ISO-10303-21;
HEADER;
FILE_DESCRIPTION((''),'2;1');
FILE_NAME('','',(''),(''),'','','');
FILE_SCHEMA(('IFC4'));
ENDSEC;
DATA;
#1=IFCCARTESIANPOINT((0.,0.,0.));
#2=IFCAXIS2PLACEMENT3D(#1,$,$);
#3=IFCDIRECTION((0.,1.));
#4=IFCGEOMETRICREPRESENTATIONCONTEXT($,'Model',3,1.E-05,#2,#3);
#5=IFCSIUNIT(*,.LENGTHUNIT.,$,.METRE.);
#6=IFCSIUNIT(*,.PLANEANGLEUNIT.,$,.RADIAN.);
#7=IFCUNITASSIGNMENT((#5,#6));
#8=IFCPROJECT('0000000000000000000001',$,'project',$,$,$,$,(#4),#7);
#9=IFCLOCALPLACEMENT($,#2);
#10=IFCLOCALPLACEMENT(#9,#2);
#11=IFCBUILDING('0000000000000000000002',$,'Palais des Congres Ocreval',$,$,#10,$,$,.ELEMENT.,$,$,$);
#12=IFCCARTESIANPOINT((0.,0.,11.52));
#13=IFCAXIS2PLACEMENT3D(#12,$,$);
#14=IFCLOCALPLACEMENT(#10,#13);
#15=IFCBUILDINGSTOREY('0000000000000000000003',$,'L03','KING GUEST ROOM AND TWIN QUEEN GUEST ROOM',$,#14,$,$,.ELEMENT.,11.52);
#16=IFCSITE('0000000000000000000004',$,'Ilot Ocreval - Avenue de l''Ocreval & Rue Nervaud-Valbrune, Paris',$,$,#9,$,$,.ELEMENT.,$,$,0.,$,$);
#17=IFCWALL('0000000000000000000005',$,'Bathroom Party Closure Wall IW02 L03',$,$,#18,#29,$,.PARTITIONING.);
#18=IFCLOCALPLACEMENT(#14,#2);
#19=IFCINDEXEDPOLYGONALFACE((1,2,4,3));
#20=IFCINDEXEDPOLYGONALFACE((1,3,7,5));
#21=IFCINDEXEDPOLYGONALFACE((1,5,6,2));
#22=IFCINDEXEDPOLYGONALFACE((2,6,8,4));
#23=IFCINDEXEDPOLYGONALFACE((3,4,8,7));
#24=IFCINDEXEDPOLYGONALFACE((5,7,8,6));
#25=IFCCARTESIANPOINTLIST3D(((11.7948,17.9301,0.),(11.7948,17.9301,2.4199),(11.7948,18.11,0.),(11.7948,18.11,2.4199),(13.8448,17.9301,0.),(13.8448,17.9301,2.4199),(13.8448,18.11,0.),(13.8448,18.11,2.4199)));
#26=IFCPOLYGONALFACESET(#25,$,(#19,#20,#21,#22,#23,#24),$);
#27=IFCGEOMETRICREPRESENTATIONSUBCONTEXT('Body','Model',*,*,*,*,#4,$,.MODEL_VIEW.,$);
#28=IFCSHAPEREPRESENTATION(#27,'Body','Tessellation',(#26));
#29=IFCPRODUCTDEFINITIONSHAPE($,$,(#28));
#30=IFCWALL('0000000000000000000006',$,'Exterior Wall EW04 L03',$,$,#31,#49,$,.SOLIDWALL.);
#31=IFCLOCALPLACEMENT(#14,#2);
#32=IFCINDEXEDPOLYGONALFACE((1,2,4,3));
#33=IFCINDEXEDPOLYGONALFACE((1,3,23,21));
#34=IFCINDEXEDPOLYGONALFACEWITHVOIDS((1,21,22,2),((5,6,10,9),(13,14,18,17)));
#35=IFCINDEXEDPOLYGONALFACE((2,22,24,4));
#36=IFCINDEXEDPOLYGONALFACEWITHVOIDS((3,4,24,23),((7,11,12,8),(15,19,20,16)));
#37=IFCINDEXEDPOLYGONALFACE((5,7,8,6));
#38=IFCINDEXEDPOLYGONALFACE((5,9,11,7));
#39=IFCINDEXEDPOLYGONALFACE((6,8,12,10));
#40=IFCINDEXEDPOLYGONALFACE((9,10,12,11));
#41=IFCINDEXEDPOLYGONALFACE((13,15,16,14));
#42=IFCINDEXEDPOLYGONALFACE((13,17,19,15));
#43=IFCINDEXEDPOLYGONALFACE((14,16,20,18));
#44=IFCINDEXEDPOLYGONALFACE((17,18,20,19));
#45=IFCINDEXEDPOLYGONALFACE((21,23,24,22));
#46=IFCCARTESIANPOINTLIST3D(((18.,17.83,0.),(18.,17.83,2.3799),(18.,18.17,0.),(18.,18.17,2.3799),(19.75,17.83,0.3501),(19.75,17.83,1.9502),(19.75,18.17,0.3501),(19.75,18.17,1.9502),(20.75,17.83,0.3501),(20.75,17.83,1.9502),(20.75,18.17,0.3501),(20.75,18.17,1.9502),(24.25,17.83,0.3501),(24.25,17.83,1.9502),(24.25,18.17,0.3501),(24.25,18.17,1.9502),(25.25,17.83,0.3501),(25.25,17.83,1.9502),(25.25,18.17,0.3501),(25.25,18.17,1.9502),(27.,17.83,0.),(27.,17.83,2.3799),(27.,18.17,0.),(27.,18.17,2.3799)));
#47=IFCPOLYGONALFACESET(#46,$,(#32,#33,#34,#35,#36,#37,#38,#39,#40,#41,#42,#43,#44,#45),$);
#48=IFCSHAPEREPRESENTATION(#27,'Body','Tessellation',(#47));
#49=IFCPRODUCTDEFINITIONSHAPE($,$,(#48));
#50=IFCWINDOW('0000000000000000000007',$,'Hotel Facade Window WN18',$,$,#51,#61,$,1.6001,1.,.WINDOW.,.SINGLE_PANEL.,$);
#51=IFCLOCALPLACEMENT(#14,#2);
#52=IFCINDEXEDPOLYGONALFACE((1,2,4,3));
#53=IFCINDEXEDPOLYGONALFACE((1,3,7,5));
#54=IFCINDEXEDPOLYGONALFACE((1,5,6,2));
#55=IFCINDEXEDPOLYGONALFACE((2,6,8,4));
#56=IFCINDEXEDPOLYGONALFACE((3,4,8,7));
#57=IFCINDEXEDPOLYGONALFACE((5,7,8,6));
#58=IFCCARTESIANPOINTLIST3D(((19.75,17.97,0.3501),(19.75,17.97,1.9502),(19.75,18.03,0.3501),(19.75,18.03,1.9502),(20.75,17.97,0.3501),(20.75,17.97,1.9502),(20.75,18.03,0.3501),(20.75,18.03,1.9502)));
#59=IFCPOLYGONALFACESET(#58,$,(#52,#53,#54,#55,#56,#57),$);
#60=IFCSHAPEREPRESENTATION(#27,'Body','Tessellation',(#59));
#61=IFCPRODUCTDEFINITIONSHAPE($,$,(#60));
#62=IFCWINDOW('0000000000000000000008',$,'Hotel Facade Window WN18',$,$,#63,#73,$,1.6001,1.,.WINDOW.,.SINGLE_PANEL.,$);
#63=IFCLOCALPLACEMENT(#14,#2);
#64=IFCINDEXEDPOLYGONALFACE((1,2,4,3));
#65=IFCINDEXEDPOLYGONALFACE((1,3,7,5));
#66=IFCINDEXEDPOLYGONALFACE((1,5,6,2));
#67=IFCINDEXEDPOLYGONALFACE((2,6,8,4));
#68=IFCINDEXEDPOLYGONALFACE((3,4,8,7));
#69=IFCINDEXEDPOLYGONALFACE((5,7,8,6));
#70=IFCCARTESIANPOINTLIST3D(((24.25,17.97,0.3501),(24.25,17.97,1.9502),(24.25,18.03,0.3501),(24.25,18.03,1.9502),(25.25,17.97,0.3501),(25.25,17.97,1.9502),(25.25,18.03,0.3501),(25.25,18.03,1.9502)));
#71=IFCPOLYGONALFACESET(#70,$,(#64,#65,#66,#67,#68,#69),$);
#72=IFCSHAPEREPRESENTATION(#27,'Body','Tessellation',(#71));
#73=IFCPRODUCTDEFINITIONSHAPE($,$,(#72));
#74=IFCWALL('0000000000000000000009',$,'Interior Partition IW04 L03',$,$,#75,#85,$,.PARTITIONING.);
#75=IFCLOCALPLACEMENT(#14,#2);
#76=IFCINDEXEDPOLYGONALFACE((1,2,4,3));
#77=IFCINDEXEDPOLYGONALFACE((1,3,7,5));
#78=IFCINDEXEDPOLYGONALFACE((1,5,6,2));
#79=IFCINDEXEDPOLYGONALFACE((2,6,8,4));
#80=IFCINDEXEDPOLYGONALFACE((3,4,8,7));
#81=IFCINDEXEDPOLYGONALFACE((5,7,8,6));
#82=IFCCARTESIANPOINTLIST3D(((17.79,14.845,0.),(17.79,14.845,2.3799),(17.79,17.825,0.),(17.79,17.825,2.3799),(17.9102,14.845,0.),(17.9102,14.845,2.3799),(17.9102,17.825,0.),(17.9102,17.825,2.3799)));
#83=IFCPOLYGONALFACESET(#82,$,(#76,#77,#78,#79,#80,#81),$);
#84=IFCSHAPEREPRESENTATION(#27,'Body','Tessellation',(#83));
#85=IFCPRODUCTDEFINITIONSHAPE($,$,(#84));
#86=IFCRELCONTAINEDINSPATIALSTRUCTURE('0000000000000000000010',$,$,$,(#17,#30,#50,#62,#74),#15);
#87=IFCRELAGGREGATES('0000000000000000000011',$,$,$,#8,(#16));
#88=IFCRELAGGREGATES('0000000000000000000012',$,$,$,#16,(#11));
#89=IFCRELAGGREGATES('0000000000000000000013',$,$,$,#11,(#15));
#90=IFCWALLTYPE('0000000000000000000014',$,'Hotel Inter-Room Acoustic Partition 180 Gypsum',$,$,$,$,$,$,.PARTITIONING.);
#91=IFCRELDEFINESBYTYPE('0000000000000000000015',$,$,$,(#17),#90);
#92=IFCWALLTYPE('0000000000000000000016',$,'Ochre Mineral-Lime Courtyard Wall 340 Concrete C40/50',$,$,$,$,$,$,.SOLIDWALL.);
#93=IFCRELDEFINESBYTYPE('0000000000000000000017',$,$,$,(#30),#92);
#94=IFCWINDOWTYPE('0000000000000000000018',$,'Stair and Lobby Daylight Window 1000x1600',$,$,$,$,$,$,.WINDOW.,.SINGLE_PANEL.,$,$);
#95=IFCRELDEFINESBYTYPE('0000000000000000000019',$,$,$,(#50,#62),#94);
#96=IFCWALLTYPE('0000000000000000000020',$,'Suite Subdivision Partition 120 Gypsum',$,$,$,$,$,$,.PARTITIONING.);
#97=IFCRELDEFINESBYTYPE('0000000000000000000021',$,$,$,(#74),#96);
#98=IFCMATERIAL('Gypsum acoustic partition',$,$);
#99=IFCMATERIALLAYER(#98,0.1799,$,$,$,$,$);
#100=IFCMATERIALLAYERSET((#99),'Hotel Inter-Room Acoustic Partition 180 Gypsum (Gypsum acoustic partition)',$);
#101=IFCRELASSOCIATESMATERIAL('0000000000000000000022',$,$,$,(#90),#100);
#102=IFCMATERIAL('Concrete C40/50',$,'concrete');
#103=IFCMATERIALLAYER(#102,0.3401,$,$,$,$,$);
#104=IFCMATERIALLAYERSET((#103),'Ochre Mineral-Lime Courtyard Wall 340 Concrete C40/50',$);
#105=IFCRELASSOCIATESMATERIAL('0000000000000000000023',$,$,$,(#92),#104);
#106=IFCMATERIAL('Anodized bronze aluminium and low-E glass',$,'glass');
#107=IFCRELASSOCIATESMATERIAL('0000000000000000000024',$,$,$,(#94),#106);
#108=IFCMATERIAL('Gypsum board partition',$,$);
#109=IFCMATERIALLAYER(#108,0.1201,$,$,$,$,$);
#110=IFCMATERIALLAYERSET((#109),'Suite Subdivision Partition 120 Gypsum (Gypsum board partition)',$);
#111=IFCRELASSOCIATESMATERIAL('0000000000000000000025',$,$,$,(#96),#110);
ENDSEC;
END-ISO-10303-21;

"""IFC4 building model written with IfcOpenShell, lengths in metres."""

from ifc_helpers import new_model, si_unit, direction, frame, frame_2d, origin, place, context, subcontext, project, spatial, rectangle, extrude, material, layer, layer_set, type_object, element, fill, save


model = new_model("IFC4")

# Units and contexts
model_context = context("Model", 3, precision=1e-05, world=origin(), true_north=direction((0.0, 1.0)))
body_context = subcontext(model_context, "Body", "Model", "MODEL_VIEW")
ifc_project = project(units=[si_unit("LENGTHUNIT", "METRE"), si_unit("PLANEANGLEUNIT", "RADIAN")], contexts=[model_context])

# Site, building, storey
site_placement = place(None, origin())
site = spatial("IfcSite", under=ifc_project, at=site_placement, Name="Ilot Ocreval - Avenue de l'Ocreval & Rue Nervaud-Valbrune, Paris", CompositionType="ELEMENT", RefElevation=0.0)
building_placement = place(site_placement, origin())
building = spatial("IfcBuilding", under=site, at=building_placement, Name="Palais des Congres Ocreval", CompositionType="ELEMENT")
storey_placement = place(building_placement, frame((0.0, 0.0, 11.52)))
storey = spatial("IfcBuildingStorey", under=building, at=storey_placement, Name="L03", Description="KING GUEST ROOM AND TWIN QUEEN GUEST ROOM", CompositionType="ELEMENT", Elevation=11.52)

# Shared definitions
ifc_material_1 = material(Name="Concrete C40/50", Category="concrete")

# Shared definitions
ifc_material_2 = material(Name="Gypsum acoustic partition")

# Wall
ifc_layer_1 = layer(ifc_material_2, 0.1799)
ifc_layer_set_1 = layer_set([ifc_layer_1], Name="Hotel Inter-Room Acoustic Partition 180 Gypsum (Gypsum acoustic partition)")
wall_type_1 = type_object("IfcWallType", Name="Hotel Inter-Room Acoustic Partition 180 Gypsum", PredefinedType="PARTITIONING", material=ifc_layer_set_1)
wall_1_placement = place(storey_placement, frame((11.7949, 18.02, 0.0), z_axis=(0.0, 0.0, 1.0), x_axis=(1.0, 0.0, 0.0)))
element("IfcWall", 1, at=wall_1_placement, inside=storey, type_object=wall_type_1, Name="Bathroom Party Closure Wall IW02 L03", PredefinedType="PARTITIONING", context=body_context, shape_type="SweptSolid", body=[
    extrude(rectangle(XDim=2.05, YDim=0.1799, at=frame_2d((1.0249, 0.0))), origin(), (0.0, 0.0, 1.0), 2.4199),
])

# Wall, openings, windows
ifc_layer_2 = layer(ifc_material_1, 0.3401)
ifc_layer_set_2 = layer_set([ifc_layer_2], Name="Ochre Mineral-Lime Courtyard Wall 340 Concrete C40/50")
wall_type_2 = type_object("IfcWallType", Name="Ochre Mineral-Lime Courtyard Wall 340 Concrete C40/50", PredefinedType="SOLIDWALL", material=ifc_layer_set_2)
wall_2_placement = place(storey_placement, frame((18.0, 18.0, 0.0), z_axis=(0.0, 0.0, 1.0), x_axis=(1.0, 0.0, 0.0)))
wall_2 = element("IfcWall", 2, at=wall_2_placement, inside=storey, type_object=wall_type_2, Name="Exterior Wall EW04 L03", PredefinedType="SOLIDWALL", context=body_context, shape_type="SweptSolid", body=[
    extrude(rectangle(XDim=9.0, YDim=0.3401, at=frame_2d((4.5, 0.0))), origin(), (0.0, 0.0, 1.0), 2.3799),
])
opening_1_placement = place(wall_2_placement, frame((1.75, 0.0, 0.3501)))
opening_1 = element("IfcOpeningElement", 3, at=opening_1_placement, cuts=wall_2, PredefinedType="OPENING", context=body_context, shape_type="SweptSolid", body=[
    extrude(rectangle(XDim=1.0, YDim=1.6001, at=frame_2d((0.5, 0.8))), frame((0.0, 0.1799, 0.0), z_axis=(0.0, -1.0, 0.0), x_axis=(1.0, 0.0, 0.0)), (0.0, 0.0, 1.0), 0.3601),
])
opening_2_placement = place(wall_2_placement, frame((6.25, 0.0, 0.3501)))
opening_2 = element("IfcOpeningElement", 4, at=opening_2_placement, cuts=wall_2, PredefinedType="OPENING", context=body_context, shape_type="SweptSolid", body=[
    extrude(rectangle(XDim=1.0, YDim=1.6001, at=frame_2d((0.5, 0.8))), frame((0.0, 0.1799, 0.0), z_axis=(0.0, -1.0, 0.0), x_axis=(1.0, 0.0, 0.0)), (0.0, 0.0, 1.0), 0.3601),
])
ifc_material_3 = material(Name="Anodized bronze aluminium and low-E glass", Category="glass")
window_type = type_object("IfcWindowType", Name="Stair and Lobby Daylight Window 1000x1600", PartitioningType="SINGLE_PANEL", PredefinedType="WINDOW", material=ifc_material_3)
window_1_placement = place(opening_1_placement, origin())
window_1 = element("IfcWindow", 5, at=window_1_placement, inside=storey, type_object=window_type, Name="Hotel Facade Window WN18", OverallHeight=1.6001, OverallWidth=1.0, PartitioningType="SINGLE_PANEL", PredefinedType="WINDOW", context=body_context, shape_type="SweptSolid", body=[
    extrude(rectangle(XDim=1.0, YDim=1.6001, at=frame_2d((0.5, 0.8))), frame((0.0, 0.03, 0.0), z_axis=(0.0, -1.0, 0.0), x_axis=(1.0, 0.0, 0.0)), (0.0, 0.0, 1.0), 0.0601),
])
fill(opening_1, window_1)
window_2_placement = place(opening_2_placement, origin())
window_2 = element("IfcWindow", 6, at=window_2_placement, inside=storey, type_object=window_type, Name="Hotel Facade Window WN18", OverallHeight=1.6001, OverallWidth=1.0, PartitioningType="SINGLE_PANEL", PredefinedType="WINDOW", context=body_context, shape_type="SweptSolid", body=[
    extrude(rectangle(XDim=1.0, YDim=1.6001, at=frame_2d((0.5, 0.8))), frame((0.0, 0.03, 0.0), z_axis=(0.0, -1.0, 0.0), x_axis=(1.0, 0.0, 0.0)), (0.0, 0.0, 1.0), 0.0601),
])
fill(opening_2, window_2)

# Wall
ifc_material_4 = material(Name="Gypsum board partition")
ifc_layer_3 = layer(ifc_material_4, 0.1201)
ifc_layer_set_3 = layer_set([ifc_layer_3], Name="Suite Subdivision Partition 120 Gypsum (Gypsum board partition)")
wall_type_3 = type_object("IfcWallType", Name="Suite Subdivision Partition 120 Gypsum", PredefinedType="PARTITIONING", material=ifc_layer_set_3)
wall_3_placement = place(storey_placement, frame((17.8501, 14.845, 0.0), z_axis=(0.0, 0.0, 1.0), x_axis=(0.0, 1.0, 0.0)))
element("IfcWall", 7, at=wall_3_placement, inside=storey, type_object=wall_type_3, Name="Interior Partition IW04 L03", PredefinedType="PARTITIONING", context=body_context, shape_type="SweptSolid", body=[
    extrude(rectangle(XDim=2.98, YDim=0.1201, at=frame_2d((1.49, 0.0))), origin(), (0.0, 0.0, 1.0), 2.3799),
])

save(model, "model.ifc")
